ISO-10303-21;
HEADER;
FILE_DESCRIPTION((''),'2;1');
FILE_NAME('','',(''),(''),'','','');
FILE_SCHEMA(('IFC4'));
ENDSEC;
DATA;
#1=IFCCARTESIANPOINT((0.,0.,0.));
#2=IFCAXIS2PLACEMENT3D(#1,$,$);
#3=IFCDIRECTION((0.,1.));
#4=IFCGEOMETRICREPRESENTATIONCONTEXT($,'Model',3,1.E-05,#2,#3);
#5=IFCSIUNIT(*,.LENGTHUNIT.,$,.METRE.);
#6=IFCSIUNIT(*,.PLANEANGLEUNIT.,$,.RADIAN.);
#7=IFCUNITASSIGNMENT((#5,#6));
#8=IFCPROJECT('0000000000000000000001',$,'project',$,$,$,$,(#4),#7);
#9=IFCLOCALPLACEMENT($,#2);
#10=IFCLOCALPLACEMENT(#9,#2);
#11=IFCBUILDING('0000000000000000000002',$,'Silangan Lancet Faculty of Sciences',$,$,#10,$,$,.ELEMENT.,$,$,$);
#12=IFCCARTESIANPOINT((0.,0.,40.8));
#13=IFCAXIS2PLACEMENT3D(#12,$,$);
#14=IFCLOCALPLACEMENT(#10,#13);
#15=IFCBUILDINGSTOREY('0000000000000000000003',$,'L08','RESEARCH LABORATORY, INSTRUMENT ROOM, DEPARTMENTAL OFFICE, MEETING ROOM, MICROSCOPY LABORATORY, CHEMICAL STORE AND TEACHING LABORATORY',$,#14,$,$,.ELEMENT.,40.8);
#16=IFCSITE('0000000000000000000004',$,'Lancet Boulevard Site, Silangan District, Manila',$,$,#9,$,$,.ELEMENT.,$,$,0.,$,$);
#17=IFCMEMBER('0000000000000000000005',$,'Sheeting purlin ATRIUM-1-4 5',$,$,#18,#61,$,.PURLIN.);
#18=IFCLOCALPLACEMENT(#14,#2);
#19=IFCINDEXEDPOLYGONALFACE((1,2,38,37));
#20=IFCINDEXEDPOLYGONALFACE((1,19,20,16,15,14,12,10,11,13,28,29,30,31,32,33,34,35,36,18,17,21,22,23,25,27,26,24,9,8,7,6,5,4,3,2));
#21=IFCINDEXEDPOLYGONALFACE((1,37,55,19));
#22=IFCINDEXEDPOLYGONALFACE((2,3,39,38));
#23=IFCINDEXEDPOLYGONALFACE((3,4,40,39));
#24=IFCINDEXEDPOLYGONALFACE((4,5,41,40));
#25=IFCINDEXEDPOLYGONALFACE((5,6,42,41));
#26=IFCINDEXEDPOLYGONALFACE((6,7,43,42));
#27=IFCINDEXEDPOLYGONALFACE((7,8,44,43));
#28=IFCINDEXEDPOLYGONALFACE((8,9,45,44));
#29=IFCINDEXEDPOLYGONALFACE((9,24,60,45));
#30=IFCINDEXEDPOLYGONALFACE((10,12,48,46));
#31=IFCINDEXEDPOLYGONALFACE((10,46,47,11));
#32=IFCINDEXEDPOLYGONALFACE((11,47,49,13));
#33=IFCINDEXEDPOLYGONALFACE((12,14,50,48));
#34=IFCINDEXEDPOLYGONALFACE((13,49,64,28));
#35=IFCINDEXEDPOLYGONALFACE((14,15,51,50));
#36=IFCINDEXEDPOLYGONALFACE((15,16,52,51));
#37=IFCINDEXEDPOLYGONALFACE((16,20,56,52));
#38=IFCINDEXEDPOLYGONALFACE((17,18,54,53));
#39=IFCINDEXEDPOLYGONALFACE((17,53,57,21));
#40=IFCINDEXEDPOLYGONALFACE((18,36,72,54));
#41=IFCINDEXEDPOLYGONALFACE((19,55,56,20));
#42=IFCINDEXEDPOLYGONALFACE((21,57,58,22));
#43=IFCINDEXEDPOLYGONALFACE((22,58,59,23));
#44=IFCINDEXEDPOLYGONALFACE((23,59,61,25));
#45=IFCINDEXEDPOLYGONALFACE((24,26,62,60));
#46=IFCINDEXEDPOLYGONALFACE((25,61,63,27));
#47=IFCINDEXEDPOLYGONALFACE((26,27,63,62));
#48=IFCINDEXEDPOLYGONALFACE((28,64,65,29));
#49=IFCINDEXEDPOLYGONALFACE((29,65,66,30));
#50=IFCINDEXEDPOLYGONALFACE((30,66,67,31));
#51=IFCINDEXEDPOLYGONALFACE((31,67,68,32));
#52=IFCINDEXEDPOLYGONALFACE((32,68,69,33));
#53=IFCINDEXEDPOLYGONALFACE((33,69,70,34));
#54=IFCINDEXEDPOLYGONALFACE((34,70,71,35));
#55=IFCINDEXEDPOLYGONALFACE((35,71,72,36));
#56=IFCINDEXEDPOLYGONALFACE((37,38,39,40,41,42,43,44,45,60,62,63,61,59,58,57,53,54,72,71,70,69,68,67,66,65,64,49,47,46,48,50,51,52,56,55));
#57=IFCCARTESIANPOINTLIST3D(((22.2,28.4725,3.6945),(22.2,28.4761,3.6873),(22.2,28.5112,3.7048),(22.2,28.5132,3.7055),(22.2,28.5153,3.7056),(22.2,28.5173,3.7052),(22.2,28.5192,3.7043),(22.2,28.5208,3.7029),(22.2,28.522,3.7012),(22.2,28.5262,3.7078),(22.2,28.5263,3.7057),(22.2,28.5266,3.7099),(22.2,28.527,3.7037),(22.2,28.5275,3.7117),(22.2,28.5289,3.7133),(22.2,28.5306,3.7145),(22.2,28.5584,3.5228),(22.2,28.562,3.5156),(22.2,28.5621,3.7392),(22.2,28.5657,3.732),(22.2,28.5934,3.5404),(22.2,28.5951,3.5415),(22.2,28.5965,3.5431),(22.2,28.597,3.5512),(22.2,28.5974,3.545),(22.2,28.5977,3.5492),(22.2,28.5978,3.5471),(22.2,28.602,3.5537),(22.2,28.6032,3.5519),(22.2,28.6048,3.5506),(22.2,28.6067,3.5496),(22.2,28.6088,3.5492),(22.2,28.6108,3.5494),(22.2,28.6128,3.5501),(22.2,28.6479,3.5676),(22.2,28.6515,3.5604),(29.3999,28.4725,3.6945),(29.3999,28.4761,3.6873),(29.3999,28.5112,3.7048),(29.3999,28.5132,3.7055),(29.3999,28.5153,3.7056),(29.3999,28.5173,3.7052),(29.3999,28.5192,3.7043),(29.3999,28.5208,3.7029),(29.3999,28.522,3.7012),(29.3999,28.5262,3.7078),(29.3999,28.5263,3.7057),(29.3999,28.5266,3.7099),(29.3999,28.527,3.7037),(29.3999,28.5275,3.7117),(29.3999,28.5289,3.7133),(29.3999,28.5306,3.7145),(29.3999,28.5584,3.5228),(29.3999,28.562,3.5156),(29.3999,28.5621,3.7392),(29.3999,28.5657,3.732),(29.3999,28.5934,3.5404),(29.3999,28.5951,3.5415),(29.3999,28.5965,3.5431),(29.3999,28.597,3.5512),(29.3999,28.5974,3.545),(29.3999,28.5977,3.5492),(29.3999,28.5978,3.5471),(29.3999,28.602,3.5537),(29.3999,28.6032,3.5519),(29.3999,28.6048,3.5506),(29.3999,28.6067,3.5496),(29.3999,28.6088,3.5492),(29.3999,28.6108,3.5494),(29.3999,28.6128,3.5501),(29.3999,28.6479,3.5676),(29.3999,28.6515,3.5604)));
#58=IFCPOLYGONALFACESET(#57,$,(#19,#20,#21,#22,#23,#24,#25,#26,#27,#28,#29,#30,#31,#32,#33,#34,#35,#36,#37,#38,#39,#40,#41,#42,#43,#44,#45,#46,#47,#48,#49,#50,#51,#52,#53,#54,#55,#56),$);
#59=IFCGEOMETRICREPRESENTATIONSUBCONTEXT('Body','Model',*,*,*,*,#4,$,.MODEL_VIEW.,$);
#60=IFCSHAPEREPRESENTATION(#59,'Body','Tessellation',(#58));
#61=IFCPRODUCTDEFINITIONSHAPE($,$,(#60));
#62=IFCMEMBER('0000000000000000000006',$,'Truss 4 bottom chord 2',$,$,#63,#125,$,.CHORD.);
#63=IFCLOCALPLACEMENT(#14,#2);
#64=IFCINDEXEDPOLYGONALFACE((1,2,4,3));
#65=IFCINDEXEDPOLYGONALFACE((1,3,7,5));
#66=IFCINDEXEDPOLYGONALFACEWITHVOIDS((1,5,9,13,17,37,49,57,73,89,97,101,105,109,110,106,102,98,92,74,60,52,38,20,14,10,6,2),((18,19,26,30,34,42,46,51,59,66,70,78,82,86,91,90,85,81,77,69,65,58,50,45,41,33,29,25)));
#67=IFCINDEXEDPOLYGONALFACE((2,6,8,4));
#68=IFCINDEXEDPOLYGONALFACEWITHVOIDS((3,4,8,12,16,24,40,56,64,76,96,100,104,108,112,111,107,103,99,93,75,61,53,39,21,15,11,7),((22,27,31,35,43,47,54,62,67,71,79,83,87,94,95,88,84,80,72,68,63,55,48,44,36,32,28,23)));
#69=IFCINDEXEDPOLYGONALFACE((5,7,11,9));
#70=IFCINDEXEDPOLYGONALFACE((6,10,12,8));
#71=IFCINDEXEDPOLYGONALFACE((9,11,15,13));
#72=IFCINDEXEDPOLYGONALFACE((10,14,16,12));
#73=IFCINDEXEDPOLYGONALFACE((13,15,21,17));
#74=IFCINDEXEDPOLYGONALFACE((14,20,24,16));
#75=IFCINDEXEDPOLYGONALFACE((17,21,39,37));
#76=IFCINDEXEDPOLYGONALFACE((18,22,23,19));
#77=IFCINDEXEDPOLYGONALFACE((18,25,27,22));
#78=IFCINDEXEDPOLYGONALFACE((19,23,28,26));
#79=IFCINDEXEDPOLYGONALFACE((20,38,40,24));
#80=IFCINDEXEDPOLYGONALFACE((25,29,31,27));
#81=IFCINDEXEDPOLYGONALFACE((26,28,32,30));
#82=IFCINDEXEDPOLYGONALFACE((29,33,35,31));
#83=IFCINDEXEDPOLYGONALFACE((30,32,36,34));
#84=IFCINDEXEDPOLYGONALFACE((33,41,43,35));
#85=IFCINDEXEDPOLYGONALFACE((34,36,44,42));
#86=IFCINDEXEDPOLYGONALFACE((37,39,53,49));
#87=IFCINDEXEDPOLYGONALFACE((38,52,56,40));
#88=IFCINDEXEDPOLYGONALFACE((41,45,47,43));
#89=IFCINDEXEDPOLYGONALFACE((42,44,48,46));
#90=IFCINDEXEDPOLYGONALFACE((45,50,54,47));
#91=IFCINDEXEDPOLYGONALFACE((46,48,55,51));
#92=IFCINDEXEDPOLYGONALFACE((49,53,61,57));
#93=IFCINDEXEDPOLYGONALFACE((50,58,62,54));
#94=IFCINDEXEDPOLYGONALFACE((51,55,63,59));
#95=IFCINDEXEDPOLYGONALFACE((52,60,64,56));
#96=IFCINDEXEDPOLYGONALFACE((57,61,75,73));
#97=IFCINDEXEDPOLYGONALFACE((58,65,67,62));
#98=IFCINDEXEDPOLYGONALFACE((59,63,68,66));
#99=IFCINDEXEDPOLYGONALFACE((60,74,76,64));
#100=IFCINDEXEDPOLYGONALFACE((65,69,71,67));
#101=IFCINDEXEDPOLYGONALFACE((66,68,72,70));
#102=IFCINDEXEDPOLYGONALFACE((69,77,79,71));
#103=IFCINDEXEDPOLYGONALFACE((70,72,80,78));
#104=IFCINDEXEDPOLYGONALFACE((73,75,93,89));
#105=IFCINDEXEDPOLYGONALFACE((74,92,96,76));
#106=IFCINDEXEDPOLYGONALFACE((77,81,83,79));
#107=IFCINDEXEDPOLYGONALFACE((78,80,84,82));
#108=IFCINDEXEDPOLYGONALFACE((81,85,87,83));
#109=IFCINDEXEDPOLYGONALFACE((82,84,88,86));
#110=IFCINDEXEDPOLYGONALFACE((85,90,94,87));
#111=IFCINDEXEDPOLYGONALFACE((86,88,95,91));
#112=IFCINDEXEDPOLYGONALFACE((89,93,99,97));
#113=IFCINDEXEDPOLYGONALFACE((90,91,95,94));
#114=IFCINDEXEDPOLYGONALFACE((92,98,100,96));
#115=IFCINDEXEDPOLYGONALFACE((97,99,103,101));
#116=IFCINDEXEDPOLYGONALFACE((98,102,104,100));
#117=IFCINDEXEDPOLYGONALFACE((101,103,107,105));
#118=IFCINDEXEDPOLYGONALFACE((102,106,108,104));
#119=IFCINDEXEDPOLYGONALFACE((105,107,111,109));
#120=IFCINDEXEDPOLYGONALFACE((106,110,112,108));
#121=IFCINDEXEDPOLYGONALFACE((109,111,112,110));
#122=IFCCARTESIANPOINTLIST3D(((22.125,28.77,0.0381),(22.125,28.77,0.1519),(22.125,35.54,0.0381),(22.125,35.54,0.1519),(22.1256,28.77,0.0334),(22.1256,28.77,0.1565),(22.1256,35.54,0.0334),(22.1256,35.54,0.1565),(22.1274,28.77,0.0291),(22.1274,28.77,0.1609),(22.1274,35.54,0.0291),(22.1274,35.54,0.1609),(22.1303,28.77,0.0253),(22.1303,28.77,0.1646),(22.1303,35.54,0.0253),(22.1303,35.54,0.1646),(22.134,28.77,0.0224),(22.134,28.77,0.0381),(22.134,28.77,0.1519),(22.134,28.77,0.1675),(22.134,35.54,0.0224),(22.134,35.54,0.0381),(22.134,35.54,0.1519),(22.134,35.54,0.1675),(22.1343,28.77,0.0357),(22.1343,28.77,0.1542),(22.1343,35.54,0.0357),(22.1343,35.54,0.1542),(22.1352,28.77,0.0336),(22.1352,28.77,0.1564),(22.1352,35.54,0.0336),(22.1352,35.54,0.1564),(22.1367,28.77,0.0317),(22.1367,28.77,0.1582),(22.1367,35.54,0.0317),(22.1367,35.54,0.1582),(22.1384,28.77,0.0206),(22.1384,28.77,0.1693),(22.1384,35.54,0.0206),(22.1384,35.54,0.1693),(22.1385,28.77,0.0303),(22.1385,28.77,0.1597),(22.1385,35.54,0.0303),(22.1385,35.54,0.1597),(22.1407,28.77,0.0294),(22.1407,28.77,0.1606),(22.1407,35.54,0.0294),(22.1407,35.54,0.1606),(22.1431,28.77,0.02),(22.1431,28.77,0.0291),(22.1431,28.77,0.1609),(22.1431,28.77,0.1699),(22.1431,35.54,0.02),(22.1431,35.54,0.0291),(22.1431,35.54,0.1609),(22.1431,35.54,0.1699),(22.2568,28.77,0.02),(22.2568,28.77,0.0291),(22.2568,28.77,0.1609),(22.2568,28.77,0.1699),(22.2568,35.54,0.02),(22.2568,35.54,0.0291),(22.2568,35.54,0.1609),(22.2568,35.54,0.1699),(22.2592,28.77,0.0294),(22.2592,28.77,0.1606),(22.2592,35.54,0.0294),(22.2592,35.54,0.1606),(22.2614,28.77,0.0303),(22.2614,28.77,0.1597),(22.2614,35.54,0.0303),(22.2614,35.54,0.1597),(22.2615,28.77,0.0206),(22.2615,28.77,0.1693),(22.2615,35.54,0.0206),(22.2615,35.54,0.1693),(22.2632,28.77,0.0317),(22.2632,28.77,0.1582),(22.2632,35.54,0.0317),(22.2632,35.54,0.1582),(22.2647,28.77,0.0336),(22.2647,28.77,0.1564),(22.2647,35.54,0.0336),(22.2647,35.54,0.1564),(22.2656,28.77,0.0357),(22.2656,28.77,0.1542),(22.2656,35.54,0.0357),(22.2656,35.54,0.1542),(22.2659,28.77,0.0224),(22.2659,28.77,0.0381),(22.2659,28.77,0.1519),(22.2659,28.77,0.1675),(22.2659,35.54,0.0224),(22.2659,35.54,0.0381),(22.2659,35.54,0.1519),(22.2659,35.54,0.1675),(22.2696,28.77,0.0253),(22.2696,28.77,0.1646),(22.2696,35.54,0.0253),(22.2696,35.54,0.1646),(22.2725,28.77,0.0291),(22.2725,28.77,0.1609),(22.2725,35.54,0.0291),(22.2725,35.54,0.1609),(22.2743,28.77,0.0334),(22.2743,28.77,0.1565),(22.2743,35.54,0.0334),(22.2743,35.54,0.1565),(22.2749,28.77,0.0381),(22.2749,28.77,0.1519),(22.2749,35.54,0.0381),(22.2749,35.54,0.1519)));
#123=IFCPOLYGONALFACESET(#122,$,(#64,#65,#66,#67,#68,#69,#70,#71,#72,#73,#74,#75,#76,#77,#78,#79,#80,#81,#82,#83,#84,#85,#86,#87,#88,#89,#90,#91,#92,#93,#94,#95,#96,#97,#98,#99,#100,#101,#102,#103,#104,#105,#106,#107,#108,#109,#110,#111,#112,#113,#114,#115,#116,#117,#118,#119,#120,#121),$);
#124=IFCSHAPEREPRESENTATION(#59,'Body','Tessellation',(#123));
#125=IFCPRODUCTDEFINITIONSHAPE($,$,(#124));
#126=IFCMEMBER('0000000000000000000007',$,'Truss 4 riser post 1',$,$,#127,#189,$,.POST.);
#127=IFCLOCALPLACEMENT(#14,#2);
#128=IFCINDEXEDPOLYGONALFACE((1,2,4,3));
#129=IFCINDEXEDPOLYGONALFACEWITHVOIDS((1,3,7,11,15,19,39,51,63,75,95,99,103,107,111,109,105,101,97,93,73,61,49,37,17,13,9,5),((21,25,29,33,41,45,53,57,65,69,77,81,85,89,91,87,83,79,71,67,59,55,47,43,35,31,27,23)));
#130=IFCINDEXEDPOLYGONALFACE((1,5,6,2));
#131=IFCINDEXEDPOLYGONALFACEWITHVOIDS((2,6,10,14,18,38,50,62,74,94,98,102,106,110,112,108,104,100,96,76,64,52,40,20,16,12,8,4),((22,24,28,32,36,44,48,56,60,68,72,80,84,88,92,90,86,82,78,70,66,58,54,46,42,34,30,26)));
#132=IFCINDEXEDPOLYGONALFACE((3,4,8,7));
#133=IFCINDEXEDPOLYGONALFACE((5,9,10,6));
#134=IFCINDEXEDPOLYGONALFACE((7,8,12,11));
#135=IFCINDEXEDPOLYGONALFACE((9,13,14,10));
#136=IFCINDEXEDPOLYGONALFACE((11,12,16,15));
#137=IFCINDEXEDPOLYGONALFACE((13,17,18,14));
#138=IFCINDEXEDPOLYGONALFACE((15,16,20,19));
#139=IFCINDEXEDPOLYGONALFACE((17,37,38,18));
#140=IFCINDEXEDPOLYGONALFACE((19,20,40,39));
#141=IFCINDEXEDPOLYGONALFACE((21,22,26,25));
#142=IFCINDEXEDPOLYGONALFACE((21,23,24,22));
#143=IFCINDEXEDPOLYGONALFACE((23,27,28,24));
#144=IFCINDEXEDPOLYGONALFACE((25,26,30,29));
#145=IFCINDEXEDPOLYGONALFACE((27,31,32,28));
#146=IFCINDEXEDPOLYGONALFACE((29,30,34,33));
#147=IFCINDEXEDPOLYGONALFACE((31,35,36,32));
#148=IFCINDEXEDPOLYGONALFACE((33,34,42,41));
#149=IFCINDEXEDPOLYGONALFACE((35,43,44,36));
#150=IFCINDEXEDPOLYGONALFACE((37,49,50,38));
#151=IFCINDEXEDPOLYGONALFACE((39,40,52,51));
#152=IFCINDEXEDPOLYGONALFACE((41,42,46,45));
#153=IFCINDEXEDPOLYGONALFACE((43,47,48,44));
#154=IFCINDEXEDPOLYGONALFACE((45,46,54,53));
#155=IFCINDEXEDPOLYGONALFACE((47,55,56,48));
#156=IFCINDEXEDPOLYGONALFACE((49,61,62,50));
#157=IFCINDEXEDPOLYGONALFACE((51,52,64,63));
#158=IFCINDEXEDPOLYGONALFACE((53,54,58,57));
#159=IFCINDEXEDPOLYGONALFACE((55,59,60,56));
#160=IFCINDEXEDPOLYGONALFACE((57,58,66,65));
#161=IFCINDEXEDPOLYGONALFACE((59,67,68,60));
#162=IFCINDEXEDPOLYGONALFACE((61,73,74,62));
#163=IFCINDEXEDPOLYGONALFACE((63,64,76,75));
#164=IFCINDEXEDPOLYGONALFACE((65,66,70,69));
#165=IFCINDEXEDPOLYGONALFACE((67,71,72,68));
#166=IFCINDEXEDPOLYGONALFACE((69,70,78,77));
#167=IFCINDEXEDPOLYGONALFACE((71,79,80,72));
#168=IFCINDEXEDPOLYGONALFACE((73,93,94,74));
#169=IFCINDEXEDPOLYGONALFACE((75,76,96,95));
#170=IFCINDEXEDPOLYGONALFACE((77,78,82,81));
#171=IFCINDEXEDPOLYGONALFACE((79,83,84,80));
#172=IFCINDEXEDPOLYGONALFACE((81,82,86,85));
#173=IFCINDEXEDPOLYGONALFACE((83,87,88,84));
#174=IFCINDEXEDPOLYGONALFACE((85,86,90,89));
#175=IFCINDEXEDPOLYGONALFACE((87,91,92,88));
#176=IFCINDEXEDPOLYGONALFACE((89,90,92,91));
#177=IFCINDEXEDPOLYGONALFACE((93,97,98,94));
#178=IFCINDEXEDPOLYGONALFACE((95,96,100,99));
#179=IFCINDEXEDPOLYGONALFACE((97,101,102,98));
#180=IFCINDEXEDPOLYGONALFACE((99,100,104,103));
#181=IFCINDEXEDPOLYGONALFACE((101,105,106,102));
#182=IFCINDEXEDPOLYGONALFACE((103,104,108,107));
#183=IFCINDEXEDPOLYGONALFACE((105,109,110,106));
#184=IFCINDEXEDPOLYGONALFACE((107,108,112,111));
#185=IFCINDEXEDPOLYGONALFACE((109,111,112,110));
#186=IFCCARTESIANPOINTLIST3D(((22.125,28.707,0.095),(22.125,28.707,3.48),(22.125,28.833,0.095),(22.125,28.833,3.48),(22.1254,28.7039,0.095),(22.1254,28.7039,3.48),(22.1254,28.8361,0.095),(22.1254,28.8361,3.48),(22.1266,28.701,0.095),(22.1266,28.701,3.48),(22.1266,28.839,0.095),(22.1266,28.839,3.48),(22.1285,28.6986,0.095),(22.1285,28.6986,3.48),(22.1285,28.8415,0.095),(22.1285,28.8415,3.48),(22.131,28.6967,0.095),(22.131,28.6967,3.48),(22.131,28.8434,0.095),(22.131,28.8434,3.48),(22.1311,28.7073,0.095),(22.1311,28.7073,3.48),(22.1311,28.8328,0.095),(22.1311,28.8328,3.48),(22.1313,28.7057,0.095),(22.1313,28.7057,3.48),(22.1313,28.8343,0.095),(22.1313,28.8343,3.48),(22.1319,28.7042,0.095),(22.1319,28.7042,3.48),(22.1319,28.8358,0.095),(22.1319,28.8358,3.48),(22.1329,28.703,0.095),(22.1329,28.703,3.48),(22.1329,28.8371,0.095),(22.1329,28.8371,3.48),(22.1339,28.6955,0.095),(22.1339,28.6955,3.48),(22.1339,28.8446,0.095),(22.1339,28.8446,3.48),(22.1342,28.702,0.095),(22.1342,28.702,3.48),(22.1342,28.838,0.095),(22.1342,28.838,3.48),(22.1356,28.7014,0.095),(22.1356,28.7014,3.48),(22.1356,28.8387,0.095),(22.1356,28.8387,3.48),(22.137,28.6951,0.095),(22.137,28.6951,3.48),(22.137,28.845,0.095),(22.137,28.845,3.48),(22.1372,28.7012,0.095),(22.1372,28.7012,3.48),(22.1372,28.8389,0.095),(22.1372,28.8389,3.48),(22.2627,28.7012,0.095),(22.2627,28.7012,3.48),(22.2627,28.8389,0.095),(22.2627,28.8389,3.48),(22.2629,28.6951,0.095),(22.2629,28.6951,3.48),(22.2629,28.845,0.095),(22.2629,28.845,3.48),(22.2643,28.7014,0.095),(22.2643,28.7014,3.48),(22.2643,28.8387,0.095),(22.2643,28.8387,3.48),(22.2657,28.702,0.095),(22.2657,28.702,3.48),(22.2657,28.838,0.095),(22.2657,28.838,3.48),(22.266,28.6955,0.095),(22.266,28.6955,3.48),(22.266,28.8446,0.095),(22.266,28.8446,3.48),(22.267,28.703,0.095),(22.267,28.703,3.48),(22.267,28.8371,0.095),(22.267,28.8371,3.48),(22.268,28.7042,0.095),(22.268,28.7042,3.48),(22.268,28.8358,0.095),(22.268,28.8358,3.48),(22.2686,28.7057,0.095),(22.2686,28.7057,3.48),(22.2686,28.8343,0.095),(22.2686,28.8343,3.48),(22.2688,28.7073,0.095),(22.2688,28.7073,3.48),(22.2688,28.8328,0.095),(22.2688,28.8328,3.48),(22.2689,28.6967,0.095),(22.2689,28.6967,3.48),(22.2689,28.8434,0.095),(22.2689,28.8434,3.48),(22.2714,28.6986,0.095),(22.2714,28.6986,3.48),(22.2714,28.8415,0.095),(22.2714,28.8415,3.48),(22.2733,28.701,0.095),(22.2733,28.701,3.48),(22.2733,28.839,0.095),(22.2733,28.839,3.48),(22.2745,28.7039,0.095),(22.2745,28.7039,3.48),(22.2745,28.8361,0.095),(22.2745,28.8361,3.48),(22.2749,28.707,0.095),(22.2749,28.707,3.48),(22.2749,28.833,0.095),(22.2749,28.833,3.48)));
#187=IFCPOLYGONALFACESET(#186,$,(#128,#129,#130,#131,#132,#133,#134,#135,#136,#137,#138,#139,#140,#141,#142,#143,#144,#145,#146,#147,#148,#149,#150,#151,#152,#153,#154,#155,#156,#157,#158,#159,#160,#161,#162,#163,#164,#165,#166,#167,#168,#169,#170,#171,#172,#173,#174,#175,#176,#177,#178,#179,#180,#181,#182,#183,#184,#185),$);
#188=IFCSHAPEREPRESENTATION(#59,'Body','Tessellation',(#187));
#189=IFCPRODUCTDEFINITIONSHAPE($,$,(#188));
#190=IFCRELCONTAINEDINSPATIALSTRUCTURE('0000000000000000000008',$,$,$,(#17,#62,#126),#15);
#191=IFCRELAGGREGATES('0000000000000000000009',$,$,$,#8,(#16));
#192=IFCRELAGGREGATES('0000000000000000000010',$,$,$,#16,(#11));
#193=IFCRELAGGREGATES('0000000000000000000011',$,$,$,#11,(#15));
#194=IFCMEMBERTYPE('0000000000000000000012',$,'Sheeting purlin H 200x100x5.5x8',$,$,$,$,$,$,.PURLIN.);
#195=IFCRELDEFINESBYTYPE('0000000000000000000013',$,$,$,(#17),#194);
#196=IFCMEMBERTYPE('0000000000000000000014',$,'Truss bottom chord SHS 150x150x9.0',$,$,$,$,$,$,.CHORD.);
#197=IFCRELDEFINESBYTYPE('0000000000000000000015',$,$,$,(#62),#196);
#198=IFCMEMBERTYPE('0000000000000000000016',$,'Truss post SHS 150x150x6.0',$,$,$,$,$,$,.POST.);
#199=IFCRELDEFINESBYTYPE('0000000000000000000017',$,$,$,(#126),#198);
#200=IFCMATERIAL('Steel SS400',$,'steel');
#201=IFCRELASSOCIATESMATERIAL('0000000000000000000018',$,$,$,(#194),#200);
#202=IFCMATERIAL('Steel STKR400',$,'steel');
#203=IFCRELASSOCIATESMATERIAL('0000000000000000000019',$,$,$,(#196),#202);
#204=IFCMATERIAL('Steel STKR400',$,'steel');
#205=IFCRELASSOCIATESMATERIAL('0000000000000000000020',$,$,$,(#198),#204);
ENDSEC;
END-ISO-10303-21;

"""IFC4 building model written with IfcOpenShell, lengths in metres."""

from ifc_helpers import new_model, si_unit, direction, frame, origin, origin_2d, place, context, subcontext, project, spatial, hollow_rectangle, i_section, extrude, material, material_profile, profile_set, type_object, element, save


model = new_model("IFC4")

# Units and contexts
model_context = context("Model", 3, precision=1e-05, world=origin(), true_north=direction((0.0, 1.0)))
body_context = subcontext(model_context, "Body", "Model", "MODEL_VIEW")
ifc_project = project(units=[si_unit("LENGTHUNIT", "METRE"), si_unit("PLANEANGLEUNIT", "RADIAN")], contexts=[model_context])

# Site, building, storey
site_placement = place(None, origin())
site = spatial("IfcSite", under=ifc_project, at=site_placement, Name="Lancet Boulevard Site, Silangan District, Manila", CompositionType="ELEMENT", RefElevation=0.0)
building_placement = place(site_placement, origin())
building = spatial("IfcBuilding", under=site, at=building_placement, Name="Silangan Lancet Faculty of Sciences", CompositionType="ELEMENT")
storey_placement = place(building_placement, frame((0.0, 0.0, 40.8)))
storey = spatial("IfcBuildingStorey", under=building, at=storey_placement, Name="L08", Description="RESEARCH LABORATORY, INSTRUMENT ROOM, DEPARTMENTAL OFFICE, MEETING ROOM, MICROSCOPY LABORATORY, CHEMICAL STORE AND TEACHING LABORATORY", CompositionType="ELEMENT", Elevation=40.8)

# Members
ifc_material_1 = material(Name="Steel SS400", Category="steel")
ifc_material_profile_1 = material_profile(ifc_material_1, i_section(OverallWidth=0.1001, OverallDepth=0.2, WebThickness=0.0056, FlangeThickness=0.0081, FilletRadius=0.0081, at=origin_2d()), Name="H 200x100x5.5x8")
ifc_profile_set_1 = profile_set([ifc_material_profile_1], Name="Steel SS400")
member_type_1 = type_object("IfcMemberType", Name="Sheeting purlin H 200x100x5.5x8", PredefinedType="PURLIN", material=ifc_profile_set_1)
for number, where, z_axis, x_axis, name in (
    (1, (22.2, 28.562, 3.6274), (1.0, 0.0, 0.0), (0.0, 0.894427, 0.447214), "Sheeting purlin ATRIUM-1-4 5"),
):
    element("IfcMember", number, at=place(storey_placement, frame(where, z_axis=z_axis, x_axis=x_axis)), inside=storey, type_object=member_type_1, Name=name, PredefinedType="PURLIN", context=body_context, shape_type="SweptSolid", body=[
        extrude(i_section(OverallWidth=0.1001, OverallDepth=0.2, WebThickness=0.0056, FlangeThickness=0.0081, FilletRadius=0.0081, at=origin_2d()), origin(), (0.0, 0.0, 1.0), 7.2),
    ])
ifc_material_2 = material(Name="Steel STKR400", Category="steel")
ifc_material_profile_2 = material_profile(ifc_material_2, hollow_rectangle(XDim=0.1499, YDim=0.1499, WallThickness=0.009, InnerFilletRadius=0.009, OuterFilletRadius=0.0181, at=origin_2d()), Name="SHS 150x150x9.0")
ifc_profile_set_2 = profile_set([ifc_material_profile_2], Name="Steel STKR400")
member_type_2 = type_object("IfcMemberType", Name="Truss bottom chord SHS 150x150x9.0", PredefinedType="CHORD", material=ifc_profile_set_2)
member_1_placement = place(storey_placement, frame((22.2, 28.77, 0.095), z_axis=(0.0, 1.0, 0.0), x_axis=(-1.0, 0.0, 0.0)))
element("IfcMember", 2, at=member_1_placement, inside=storey, type_object=member_type_2, Name="Truss 4 bottom chord 2", PredefinedType="CHORD", context=body_context, shape_type="SweptSolid", body=[
    extrude(hollow_rectangle(XDim=0.1499, YDim=0.1499, WallThickness=0.009, InnerFilletRadius=0.009, OuterFilletRadius=0.0181, at=origin_2d()), origin(), (0.0, 0.0, 1.0), 6.77),
])
ifc_material_3 = material(Name="Steel STKR400", Category="steel")
ifc_material_profile_3 = material_profile(ifc_material_3, hollow_rectangle(XDim=0.1499, YDim=0.1499, WallThickness=0.0061, InnerFilletRadius=0.0061, OuterFilletRadius=0.012, at=origin_2d()), Name="SHS 150x150x6.0")
ifc_profile_set_3 = profile_set([ifc_material_profile_3], Name="Steel STKR400")
member_type_3 = type_object("IfcMemberType", Name="Truss post SHS 150x150x6.0", PredefinedType="POST", material=ifc_profile_set_3)
member_2_placement = place(storey_placement, frame((22.2, 28.77, 0.095), z_axis=(0.0, 0.0, 1.0), x_axis=(1.0, 0.0, 0.0)))
element("IfcMember", 3, at=member_2_placement, inside=storey, type_object=member_type_3, Name="Truss 4 riser post 1", PredefinedType="POST", context=body_context, shape_type="SweptSolid", body=[
    extrude(hollow_rectangle(XDim=0.1499, YDim=0.1499, WallThickness=0.0061, InnerFilletRadius=0.0061, OuterFilletRadius=0.012, at=origin_2d()), origin(), (0.0, 0.0, 1.0), 3.385),
])

save(model, "model.ifc")
